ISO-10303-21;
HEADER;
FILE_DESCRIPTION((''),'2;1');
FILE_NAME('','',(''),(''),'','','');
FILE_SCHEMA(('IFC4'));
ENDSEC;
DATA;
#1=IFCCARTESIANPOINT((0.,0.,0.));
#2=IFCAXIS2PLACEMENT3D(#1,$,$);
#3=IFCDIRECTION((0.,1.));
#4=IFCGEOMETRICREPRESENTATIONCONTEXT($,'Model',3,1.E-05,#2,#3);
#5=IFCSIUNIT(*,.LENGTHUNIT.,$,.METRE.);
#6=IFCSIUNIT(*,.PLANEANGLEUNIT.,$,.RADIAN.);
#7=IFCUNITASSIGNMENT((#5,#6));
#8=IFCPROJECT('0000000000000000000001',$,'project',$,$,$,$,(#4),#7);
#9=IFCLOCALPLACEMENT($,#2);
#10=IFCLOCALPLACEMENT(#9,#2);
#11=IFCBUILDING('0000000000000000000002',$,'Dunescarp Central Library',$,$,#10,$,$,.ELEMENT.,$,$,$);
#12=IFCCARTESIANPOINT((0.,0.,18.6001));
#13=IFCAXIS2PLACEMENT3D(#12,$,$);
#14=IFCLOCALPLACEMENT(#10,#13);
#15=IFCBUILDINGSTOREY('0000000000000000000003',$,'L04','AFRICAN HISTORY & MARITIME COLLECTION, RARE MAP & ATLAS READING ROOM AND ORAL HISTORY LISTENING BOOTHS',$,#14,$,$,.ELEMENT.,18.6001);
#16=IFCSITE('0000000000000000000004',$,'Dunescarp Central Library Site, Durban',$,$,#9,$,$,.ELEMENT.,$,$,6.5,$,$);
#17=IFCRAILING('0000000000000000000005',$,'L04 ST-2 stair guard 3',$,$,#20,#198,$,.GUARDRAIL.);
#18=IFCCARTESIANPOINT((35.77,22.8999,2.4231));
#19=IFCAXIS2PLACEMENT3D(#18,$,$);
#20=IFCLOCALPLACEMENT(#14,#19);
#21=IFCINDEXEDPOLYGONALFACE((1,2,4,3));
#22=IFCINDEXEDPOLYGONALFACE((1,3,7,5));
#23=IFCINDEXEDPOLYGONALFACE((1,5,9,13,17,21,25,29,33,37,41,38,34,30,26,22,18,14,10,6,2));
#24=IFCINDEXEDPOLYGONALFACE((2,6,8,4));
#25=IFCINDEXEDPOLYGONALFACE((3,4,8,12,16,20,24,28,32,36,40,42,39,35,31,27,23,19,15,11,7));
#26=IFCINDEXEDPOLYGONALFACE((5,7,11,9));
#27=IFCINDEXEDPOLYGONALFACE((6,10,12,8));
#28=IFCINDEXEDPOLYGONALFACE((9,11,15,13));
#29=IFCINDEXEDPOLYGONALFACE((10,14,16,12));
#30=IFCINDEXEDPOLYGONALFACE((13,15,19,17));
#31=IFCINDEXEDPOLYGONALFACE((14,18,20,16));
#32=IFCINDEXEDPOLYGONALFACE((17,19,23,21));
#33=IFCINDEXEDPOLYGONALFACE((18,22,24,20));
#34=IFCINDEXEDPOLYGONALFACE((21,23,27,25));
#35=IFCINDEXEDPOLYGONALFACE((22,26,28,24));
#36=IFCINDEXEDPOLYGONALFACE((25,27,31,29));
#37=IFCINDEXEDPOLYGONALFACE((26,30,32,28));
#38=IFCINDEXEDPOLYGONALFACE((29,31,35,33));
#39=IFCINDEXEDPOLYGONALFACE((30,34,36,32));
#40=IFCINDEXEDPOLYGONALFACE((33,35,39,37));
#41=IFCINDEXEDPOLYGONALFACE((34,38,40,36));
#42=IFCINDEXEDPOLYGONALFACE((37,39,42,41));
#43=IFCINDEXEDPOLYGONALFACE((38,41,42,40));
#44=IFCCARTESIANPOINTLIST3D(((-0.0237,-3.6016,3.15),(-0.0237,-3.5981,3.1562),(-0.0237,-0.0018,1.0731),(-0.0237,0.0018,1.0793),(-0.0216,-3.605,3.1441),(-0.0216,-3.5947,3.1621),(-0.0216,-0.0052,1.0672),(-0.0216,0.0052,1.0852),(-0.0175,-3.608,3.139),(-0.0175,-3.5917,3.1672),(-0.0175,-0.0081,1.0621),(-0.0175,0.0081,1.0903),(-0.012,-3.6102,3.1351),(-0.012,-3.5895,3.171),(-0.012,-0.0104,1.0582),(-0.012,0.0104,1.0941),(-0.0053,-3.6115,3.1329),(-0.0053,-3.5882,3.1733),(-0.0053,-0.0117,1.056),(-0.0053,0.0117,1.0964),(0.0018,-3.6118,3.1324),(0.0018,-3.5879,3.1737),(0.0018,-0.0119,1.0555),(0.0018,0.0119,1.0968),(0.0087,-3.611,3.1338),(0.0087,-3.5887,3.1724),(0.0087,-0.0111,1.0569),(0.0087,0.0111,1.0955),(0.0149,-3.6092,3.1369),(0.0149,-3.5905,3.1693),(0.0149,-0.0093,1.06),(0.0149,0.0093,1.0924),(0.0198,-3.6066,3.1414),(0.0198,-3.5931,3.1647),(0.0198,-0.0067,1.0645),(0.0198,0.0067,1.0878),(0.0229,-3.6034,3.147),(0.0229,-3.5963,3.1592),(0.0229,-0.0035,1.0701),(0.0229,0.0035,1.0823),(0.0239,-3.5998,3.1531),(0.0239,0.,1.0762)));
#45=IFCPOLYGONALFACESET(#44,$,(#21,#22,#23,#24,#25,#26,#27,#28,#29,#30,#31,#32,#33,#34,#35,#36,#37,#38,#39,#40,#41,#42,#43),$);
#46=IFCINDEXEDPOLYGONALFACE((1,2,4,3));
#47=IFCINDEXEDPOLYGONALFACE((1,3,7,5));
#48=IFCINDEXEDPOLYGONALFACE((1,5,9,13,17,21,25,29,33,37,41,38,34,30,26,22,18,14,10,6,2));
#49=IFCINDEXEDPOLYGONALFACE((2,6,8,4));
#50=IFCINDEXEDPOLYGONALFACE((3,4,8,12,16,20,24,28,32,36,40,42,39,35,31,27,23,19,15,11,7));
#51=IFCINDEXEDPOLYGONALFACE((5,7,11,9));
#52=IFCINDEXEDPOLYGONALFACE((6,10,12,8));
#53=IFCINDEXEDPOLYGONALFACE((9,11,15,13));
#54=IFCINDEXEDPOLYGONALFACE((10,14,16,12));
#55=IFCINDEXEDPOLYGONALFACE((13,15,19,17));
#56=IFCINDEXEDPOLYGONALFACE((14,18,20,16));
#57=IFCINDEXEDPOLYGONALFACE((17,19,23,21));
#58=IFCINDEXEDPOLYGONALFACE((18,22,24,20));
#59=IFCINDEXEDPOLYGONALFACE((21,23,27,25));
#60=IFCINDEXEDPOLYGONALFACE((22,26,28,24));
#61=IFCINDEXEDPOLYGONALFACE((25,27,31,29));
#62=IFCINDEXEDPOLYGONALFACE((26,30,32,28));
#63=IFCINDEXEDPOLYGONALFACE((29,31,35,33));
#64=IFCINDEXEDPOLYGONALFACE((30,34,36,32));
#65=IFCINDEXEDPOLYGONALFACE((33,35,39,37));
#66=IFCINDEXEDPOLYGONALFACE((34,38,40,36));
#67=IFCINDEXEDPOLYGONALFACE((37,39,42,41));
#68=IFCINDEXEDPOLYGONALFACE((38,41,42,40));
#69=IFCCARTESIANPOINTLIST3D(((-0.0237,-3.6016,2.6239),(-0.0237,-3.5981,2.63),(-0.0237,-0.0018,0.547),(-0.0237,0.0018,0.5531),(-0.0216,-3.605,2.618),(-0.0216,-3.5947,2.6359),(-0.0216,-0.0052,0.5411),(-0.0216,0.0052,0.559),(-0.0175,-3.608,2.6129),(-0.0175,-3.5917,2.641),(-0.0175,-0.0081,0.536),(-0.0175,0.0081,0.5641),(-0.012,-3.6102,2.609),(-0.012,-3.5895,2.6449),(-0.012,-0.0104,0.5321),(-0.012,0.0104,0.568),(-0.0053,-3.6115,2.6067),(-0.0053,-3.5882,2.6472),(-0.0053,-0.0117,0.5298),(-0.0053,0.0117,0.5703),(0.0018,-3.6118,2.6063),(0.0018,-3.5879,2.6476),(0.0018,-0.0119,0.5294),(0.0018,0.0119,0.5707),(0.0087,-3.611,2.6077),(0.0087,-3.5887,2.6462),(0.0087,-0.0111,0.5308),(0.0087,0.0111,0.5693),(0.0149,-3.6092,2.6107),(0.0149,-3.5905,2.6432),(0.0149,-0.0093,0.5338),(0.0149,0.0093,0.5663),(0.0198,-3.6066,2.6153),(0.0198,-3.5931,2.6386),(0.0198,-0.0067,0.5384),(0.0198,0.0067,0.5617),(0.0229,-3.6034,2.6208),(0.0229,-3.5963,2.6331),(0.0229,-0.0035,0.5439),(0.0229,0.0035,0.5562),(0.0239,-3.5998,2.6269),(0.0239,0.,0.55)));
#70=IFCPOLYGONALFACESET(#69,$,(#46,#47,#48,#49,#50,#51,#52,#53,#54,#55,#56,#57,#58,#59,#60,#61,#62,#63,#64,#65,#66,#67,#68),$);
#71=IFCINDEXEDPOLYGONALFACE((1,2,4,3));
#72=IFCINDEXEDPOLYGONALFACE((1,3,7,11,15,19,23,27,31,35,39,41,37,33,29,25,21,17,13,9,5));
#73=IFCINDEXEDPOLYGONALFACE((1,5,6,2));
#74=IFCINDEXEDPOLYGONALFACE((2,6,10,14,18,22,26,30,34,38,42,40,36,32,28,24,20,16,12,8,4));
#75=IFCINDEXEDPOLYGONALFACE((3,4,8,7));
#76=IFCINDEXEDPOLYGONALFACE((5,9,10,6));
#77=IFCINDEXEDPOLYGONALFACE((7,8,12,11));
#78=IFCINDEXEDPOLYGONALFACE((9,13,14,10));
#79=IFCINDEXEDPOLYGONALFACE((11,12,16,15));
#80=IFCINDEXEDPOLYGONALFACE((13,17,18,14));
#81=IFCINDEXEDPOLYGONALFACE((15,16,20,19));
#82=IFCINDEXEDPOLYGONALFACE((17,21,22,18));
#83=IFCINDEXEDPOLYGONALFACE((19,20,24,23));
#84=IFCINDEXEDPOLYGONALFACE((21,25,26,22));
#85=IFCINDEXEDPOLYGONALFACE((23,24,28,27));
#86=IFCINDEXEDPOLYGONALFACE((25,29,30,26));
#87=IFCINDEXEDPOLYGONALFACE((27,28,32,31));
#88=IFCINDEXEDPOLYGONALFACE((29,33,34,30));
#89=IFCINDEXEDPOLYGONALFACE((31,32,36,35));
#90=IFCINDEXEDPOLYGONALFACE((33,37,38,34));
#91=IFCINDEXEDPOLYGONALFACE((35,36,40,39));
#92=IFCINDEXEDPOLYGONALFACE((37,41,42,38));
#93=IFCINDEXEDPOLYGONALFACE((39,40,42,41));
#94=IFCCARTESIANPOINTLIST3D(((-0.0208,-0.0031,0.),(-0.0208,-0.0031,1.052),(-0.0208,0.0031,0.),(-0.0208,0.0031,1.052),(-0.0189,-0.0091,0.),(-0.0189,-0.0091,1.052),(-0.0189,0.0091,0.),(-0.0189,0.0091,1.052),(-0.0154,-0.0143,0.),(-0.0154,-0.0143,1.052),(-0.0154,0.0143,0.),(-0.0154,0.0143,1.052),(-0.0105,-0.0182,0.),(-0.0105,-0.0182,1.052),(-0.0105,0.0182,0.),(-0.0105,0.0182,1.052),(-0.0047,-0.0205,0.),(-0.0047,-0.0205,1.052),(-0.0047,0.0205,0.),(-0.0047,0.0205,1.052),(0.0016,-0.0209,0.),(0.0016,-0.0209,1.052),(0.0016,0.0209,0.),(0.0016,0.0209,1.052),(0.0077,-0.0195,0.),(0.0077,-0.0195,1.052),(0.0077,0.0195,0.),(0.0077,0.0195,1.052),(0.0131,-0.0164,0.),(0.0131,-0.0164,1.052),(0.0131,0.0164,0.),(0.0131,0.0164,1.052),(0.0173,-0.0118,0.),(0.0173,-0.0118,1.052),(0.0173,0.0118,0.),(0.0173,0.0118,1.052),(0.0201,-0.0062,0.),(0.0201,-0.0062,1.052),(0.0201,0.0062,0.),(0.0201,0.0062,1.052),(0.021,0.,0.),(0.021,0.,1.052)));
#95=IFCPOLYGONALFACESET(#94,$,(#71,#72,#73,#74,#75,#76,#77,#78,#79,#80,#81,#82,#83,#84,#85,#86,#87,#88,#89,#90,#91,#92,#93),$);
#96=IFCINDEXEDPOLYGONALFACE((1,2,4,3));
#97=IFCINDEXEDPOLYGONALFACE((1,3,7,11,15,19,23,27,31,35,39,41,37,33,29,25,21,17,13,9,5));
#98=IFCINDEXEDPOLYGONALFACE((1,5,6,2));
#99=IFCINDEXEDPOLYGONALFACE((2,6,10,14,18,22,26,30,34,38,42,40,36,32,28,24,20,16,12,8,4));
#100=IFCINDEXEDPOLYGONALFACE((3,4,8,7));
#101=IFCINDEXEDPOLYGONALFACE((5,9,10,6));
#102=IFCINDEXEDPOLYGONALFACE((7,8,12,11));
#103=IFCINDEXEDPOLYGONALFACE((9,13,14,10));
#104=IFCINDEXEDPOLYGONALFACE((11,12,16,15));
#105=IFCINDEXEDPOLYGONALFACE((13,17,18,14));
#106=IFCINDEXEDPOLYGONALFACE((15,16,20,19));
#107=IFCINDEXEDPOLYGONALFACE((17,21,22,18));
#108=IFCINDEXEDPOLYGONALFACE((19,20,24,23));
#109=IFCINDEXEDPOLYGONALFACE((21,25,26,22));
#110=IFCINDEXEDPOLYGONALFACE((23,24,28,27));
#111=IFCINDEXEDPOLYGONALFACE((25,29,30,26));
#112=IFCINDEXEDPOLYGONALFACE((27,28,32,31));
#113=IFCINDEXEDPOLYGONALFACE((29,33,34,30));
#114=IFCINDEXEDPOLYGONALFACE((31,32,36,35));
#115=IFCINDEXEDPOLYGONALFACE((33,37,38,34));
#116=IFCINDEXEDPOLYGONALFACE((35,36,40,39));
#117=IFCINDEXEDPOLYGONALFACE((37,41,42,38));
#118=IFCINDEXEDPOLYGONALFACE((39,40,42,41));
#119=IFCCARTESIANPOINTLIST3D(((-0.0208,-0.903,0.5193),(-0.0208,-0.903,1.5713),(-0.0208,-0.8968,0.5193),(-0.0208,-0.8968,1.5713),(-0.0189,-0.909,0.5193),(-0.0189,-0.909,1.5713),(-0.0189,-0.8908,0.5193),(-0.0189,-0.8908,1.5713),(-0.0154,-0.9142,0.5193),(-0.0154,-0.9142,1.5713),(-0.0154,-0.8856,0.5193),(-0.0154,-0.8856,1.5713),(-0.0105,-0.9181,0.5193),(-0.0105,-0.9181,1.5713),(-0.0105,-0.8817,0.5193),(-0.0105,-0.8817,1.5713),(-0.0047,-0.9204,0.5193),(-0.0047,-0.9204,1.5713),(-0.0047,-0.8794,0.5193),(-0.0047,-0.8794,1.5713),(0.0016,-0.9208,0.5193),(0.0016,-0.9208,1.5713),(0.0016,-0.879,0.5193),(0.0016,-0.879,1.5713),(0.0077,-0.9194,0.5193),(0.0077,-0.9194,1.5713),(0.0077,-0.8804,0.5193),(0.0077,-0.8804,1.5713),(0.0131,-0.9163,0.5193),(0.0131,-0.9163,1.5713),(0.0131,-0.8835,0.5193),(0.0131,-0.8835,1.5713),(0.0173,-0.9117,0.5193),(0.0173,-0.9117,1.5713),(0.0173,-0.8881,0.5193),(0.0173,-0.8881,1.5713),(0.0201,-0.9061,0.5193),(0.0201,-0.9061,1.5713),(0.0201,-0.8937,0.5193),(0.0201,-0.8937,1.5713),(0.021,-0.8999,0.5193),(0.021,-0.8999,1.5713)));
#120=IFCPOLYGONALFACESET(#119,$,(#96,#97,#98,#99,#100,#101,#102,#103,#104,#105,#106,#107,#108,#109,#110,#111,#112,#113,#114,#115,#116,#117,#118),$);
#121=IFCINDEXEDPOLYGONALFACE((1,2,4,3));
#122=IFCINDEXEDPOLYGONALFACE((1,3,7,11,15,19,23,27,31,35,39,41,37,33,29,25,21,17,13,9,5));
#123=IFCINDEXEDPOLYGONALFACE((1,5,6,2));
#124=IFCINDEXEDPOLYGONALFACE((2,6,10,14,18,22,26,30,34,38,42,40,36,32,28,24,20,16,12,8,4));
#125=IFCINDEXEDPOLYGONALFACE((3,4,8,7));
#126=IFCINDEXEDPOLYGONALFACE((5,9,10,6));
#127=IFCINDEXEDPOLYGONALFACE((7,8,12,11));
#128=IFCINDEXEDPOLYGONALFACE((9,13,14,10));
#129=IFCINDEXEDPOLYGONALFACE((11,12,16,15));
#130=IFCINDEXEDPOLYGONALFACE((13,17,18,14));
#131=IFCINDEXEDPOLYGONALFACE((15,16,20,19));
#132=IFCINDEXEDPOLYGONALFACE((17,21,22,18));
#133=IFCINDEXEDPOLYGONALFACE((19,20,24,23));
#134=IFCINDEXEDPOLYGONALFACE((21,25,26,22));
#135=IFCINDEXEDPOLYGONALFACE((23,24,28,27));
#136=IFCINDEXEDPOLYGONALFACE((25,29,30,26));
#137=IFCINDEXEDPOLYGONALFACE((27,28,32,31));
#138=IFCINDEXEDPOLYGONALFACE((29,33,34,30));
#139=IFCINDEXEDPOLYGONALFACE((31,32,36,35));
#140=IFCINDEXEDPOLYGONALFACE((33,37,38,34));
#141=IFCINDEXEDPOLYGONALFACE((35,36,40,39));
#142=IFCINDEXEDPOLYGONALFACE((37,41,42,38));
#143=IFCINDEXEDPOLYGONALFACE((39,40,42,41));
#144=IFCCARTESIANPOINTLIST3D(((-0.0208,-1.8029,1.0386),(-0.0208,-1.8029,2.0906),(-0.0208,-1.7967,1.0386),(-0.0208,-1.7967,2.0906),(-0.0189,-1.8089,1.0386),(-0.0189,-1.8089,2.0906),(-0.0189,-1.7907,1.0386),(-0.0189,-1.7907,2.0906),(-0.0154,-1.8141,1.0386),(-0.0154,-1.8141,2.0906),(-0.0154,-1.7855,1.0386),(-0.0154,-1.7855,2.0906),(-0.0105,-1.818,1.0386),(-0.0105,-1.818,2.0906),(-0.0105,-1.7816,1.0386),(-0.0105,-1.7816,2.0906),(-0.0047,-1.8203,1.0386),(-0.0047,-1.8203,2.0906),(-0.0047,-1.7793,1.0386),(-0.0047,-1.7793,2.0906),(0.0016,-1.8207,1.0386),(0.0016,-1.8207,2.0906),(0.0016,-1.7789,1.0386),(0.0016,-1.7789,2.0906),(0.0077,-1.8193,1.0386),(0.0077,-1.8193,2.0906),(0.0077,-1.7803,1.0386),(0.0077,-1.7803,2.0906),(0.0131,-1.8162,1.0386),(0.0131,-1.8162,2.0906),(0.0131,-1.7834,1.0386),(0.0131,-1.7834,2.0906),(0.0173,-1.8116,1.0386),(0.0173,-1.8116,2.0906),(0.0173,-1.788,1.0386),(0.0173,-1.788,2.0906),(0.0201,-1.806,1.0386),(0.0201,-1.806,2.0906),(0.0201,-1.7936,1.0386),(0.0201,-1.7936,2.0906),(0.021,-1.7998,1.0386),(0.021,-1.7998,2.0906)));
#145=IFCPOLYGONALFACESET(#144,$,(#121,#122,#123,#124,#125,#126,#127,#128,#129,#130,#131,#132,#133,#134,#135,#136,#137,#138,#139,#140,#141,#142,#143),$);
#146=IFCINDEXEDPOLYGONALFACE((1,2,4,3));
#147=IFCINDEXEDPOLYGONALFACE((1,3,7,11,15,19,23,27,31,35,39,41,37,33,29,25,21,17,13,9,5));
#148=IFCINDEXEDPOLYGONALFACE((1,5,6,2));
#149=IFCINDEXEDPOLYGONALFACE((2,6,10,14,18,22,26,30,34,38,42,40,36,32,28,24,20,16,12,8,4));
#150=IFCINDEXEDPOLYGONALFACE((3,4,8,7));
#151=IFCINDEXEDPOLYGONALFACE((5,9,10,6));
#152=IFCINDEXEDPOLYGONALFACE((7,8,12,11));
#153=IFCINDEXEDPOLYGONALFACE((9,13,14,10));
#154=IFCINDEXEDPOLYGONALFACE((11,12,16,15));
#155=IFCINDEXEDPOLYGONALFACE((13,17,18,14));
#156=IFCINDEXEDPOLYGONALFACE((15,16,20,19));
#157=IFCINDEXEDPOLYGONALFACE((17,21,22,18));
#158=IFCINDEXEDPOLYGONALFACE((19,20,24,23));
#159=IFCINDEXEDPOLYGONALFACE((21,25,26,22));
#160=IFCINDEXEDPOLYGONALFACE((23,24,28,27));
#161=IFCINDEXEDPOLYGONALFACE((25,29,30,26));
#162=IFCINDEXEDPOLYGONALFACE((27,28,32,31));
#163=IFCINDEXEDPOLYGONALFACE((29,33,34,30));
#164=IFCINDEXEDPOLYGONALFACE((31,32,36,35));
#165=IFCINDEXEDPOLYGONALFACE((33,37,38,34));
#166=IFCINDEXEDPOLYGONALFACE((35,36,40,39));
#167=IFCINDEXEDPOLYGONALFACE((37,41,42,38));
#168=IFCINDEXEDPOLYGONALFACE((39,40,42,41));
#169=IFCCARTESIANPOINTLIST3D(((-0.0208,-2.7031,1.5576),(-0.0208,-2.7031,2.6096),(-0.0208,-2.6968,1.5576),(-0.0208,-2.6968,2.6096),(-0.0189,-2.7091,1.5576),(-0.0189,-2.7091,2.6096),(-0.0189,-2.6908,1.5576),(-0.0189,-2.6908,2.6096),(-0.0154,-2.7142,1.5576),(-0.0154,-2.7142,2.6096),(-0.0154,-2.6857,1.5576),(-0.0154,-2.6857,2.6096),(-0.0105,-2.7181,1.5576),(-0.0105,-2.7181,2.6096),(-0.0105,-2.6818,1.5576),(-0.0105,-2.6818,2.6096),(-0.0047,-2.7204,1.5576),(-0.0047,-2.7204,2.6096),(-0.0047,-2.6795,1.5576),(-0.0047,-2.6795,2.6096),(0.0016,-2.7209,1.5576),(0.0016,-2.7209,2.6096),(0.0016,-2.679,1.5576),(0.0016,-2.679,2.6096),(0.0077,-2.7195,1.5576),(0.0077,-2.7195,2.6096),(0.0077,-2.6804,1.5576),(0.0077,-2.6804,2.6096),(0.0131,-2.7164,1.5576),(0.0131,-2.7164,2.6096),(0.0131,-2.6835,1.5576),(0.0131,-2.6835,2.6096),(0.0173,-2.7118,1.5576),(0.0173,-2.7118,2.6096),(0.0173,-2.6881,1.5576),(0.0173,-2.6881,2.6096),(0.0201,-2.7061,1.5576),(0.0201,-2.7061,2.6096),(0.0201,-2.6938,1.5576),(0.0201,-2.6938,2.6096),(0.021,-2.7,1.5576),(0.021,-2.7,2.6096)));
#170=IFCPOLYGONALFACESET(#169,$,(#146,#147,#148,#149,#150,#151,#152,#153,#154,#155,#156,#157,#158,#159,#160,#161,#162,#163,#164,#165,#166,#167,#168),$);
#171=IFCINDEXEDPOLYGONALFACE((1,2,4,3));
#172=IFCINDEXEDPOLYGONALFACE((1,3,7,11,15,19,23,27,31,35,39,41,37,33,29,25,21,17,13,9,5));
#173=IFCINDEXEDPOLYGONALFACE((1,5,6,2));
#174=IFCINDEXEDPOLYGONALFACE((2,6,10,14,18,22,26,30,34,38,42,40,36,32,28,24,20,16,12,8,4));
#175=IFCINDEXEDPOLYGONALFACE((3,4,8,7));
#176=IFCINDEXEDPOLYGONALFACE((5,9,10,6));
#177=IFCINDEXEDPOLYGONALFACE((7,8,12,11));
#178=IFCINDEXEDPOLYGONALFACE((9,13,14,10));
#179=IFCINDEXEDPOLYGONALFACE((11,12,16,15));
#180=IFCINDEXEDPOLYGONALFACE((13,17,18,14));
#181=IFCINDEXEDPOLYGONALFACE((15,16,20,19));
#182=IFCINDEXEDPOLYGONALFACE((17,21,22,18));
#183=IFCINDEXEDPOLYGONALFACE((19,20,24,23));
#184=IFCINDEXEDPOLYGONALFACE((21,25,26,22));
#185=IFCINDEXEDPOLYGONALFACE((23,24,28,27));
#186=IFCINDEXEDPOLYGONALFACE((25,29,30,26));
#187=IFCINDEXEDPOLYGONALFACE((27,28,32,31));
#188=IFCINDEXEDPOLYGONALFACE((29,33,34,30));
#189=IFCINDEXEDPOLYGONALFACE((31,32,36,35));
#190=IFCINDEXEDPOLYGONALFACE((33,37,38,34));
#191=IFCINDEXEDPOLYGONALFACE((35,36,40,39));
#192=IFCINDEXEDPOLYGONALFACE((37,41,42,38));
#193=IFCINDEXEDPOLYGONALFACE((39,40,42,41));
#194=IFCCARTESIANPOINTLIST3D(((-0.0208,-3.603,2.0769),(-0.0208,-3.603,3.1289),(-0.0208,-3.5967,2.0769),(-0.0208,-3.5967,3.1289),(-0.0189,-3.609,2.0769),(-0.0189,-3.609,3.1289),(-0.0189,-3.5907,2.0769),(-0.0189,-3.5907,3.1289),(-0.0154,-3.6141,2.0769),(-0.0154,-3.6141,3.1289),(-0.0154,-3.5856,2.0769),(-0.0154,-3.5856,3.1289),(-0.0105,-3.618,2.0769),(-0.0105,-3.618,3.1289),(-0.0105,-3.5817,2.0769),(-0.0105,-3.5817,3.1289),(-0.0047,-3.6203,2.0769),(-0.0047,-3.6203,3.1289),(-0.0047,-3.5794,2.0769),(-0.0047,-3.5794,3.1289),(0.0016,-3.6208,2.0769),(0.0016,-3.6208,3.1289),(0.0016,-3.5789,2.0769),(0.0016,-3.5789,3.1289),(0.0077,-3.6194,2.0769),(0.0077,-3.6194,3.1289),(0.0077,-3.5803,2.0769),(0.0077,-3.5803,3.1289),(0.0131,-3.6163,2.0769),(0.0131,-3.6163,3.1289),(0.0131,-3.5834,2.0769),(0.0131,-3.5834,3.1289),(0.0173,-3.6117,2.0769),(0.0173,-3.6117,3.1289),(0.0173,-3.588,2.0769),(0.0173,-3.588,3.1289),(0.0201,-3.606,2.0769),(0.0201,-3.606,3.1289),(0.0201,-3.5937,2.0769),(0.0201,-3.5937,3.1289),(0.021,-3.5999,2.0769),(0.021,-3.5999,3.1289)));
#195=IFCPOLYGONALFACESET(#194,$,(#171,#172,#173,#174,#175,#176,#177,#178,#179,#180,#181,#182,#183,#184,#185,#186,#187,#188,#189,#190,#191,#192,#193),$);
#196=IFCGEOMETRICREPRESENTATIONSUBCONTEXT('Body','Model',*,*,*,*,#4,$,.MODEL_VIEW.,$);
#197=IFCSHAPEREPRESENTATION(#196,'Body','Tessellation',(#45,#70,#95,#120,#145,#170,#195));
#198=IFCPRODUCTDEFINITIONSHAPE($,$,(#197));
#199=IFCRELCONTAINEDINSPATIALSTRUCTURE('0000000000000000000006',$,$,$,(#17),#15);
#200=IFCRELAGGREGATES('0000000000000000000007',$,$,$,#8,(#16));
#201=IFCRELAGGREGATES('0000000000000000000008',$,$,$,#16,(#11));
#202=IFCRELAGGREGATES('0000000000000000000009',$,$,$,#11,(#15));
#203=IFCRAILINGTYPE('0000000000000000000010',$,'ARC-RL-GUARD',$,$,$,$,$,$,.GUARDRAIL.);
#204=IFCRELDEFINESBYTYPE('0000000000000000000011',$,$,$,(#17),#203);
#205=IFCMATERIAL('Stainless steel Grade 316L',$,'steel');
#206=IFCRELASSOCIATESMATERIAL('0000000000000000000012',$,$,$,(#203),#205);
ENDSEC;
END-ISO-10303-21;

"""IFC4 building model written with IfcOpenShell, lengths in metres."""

from ifc_helpers import new_model, si_unit, direction, frame, origin, origin_2d, place, context, subcontext, project, spatial, circle, extrude, material, type_object, element, save


model = new_model("IFC4")

# Units and contexts
model_context = context("Model", 3, precision=1e-05, world=origin(), true_north=direction((0.0, 1.0)))
body_context = subcontext(model_context, "Body", "Model", "MODEL_VIEW")
ifc_project = project(units=[si_unit("LENGTHUNIT", "METRE"), si_unit("PLANEANGLEUNIT", "RADIAN")], contexts=[model_context])

# Site, building, storey
site_placement = place(None, origin())
site = spatial("IfcSite", under=ifc_project, at=site_placement, Name="Dunescarp Central Library Site, Durban", CompositionType="ELEMENT", RefElevation=6.5)
building_placement = place(site_placement, origin())
building = spatial("IfcBuilding", under=site, at=building_placement, Name="Dunescarp Central Library", CompositionType="ELEMENT")
storey_placement = place(building_placement, frame((0.0, 0.0, 18.6001)))
storey = spatial("IfcBuildingStorey", under=building, at=storey_placement, Name="L04", Description="AFRICAN HISTORY & MARITIME COLLECTION, RARE MAP & ATLAS READING ROOM AND ORAL HISTORY LISTENING BOOTHS", CompositionType="ELEMENT", Elevation=18.6001)

# Railing
ifc_material_1 = material(Name="Stainless steel Grade 316L", Category="steel")
railing_type_1 = type_object("IfcRailingType", Name="ARC-RL-GUARD", PredefinedType="GUARDRAIL", material=ifc_material_1)
railing_1_placement = place(storey_placement, frame((35.77, 22.8999, 2.4231)))
element("IfcRailing", 1, at=railing_1_placement, inside=storey, type_object=railing_type_1, Name="L04 ST-2 stair guard 3", PredefinedType="GUARDRAIL", context=body_context, shape_type="SweptSolid", body=[
    extrude(circle(Radius=0.0239, at=origin_2d()), frame((0.0, 0.0, 1.0762), z_axis=(0.0, -0.866179, 0.499734), x_axis=(1.0, 0.0, 0.0)), (0.0, 0.0, 1.0), 4.156),
    extrude(circle(Radius=0.0239, at=origin_2d()), frame((0.0, 0.0, 0.55), z_axis=(0.0, -0.866179, 0.499734), x_axis=(1.0, 0.0, 0.0)), (0.0, 0.0, 1.0), 4.156),
    extrude(circle(Radius=0.021, at=origin_2d()), origin(), (0.0, 0.0, 1.0), 1.052),
    extrude(circle(Radius=0.021, at=origin_2d()), frame((0.0, -0.8999, 0.5193)), (0.0, 0.0, 1.0), 1.052),
    extrude(circle(Radius=0.021, at=origin_2d()), frame((0.0, -1.7998, 1.0386)), (0.0, 0.0, 1.0), 1.052),
    extrude(circle(Radius=0.021, at=origin_2d()), frame((0.0, -2.7, 1.5576)), (0.0, 0.0, 1.0), 1.052),
    extrude(circle(Radius=0.021, at=origin_2d()), frame((0.0, -3.5999, 2.0769)), (0.0, 0.0, 1.0), 1.052),
])

save(model, "model.ifc")
